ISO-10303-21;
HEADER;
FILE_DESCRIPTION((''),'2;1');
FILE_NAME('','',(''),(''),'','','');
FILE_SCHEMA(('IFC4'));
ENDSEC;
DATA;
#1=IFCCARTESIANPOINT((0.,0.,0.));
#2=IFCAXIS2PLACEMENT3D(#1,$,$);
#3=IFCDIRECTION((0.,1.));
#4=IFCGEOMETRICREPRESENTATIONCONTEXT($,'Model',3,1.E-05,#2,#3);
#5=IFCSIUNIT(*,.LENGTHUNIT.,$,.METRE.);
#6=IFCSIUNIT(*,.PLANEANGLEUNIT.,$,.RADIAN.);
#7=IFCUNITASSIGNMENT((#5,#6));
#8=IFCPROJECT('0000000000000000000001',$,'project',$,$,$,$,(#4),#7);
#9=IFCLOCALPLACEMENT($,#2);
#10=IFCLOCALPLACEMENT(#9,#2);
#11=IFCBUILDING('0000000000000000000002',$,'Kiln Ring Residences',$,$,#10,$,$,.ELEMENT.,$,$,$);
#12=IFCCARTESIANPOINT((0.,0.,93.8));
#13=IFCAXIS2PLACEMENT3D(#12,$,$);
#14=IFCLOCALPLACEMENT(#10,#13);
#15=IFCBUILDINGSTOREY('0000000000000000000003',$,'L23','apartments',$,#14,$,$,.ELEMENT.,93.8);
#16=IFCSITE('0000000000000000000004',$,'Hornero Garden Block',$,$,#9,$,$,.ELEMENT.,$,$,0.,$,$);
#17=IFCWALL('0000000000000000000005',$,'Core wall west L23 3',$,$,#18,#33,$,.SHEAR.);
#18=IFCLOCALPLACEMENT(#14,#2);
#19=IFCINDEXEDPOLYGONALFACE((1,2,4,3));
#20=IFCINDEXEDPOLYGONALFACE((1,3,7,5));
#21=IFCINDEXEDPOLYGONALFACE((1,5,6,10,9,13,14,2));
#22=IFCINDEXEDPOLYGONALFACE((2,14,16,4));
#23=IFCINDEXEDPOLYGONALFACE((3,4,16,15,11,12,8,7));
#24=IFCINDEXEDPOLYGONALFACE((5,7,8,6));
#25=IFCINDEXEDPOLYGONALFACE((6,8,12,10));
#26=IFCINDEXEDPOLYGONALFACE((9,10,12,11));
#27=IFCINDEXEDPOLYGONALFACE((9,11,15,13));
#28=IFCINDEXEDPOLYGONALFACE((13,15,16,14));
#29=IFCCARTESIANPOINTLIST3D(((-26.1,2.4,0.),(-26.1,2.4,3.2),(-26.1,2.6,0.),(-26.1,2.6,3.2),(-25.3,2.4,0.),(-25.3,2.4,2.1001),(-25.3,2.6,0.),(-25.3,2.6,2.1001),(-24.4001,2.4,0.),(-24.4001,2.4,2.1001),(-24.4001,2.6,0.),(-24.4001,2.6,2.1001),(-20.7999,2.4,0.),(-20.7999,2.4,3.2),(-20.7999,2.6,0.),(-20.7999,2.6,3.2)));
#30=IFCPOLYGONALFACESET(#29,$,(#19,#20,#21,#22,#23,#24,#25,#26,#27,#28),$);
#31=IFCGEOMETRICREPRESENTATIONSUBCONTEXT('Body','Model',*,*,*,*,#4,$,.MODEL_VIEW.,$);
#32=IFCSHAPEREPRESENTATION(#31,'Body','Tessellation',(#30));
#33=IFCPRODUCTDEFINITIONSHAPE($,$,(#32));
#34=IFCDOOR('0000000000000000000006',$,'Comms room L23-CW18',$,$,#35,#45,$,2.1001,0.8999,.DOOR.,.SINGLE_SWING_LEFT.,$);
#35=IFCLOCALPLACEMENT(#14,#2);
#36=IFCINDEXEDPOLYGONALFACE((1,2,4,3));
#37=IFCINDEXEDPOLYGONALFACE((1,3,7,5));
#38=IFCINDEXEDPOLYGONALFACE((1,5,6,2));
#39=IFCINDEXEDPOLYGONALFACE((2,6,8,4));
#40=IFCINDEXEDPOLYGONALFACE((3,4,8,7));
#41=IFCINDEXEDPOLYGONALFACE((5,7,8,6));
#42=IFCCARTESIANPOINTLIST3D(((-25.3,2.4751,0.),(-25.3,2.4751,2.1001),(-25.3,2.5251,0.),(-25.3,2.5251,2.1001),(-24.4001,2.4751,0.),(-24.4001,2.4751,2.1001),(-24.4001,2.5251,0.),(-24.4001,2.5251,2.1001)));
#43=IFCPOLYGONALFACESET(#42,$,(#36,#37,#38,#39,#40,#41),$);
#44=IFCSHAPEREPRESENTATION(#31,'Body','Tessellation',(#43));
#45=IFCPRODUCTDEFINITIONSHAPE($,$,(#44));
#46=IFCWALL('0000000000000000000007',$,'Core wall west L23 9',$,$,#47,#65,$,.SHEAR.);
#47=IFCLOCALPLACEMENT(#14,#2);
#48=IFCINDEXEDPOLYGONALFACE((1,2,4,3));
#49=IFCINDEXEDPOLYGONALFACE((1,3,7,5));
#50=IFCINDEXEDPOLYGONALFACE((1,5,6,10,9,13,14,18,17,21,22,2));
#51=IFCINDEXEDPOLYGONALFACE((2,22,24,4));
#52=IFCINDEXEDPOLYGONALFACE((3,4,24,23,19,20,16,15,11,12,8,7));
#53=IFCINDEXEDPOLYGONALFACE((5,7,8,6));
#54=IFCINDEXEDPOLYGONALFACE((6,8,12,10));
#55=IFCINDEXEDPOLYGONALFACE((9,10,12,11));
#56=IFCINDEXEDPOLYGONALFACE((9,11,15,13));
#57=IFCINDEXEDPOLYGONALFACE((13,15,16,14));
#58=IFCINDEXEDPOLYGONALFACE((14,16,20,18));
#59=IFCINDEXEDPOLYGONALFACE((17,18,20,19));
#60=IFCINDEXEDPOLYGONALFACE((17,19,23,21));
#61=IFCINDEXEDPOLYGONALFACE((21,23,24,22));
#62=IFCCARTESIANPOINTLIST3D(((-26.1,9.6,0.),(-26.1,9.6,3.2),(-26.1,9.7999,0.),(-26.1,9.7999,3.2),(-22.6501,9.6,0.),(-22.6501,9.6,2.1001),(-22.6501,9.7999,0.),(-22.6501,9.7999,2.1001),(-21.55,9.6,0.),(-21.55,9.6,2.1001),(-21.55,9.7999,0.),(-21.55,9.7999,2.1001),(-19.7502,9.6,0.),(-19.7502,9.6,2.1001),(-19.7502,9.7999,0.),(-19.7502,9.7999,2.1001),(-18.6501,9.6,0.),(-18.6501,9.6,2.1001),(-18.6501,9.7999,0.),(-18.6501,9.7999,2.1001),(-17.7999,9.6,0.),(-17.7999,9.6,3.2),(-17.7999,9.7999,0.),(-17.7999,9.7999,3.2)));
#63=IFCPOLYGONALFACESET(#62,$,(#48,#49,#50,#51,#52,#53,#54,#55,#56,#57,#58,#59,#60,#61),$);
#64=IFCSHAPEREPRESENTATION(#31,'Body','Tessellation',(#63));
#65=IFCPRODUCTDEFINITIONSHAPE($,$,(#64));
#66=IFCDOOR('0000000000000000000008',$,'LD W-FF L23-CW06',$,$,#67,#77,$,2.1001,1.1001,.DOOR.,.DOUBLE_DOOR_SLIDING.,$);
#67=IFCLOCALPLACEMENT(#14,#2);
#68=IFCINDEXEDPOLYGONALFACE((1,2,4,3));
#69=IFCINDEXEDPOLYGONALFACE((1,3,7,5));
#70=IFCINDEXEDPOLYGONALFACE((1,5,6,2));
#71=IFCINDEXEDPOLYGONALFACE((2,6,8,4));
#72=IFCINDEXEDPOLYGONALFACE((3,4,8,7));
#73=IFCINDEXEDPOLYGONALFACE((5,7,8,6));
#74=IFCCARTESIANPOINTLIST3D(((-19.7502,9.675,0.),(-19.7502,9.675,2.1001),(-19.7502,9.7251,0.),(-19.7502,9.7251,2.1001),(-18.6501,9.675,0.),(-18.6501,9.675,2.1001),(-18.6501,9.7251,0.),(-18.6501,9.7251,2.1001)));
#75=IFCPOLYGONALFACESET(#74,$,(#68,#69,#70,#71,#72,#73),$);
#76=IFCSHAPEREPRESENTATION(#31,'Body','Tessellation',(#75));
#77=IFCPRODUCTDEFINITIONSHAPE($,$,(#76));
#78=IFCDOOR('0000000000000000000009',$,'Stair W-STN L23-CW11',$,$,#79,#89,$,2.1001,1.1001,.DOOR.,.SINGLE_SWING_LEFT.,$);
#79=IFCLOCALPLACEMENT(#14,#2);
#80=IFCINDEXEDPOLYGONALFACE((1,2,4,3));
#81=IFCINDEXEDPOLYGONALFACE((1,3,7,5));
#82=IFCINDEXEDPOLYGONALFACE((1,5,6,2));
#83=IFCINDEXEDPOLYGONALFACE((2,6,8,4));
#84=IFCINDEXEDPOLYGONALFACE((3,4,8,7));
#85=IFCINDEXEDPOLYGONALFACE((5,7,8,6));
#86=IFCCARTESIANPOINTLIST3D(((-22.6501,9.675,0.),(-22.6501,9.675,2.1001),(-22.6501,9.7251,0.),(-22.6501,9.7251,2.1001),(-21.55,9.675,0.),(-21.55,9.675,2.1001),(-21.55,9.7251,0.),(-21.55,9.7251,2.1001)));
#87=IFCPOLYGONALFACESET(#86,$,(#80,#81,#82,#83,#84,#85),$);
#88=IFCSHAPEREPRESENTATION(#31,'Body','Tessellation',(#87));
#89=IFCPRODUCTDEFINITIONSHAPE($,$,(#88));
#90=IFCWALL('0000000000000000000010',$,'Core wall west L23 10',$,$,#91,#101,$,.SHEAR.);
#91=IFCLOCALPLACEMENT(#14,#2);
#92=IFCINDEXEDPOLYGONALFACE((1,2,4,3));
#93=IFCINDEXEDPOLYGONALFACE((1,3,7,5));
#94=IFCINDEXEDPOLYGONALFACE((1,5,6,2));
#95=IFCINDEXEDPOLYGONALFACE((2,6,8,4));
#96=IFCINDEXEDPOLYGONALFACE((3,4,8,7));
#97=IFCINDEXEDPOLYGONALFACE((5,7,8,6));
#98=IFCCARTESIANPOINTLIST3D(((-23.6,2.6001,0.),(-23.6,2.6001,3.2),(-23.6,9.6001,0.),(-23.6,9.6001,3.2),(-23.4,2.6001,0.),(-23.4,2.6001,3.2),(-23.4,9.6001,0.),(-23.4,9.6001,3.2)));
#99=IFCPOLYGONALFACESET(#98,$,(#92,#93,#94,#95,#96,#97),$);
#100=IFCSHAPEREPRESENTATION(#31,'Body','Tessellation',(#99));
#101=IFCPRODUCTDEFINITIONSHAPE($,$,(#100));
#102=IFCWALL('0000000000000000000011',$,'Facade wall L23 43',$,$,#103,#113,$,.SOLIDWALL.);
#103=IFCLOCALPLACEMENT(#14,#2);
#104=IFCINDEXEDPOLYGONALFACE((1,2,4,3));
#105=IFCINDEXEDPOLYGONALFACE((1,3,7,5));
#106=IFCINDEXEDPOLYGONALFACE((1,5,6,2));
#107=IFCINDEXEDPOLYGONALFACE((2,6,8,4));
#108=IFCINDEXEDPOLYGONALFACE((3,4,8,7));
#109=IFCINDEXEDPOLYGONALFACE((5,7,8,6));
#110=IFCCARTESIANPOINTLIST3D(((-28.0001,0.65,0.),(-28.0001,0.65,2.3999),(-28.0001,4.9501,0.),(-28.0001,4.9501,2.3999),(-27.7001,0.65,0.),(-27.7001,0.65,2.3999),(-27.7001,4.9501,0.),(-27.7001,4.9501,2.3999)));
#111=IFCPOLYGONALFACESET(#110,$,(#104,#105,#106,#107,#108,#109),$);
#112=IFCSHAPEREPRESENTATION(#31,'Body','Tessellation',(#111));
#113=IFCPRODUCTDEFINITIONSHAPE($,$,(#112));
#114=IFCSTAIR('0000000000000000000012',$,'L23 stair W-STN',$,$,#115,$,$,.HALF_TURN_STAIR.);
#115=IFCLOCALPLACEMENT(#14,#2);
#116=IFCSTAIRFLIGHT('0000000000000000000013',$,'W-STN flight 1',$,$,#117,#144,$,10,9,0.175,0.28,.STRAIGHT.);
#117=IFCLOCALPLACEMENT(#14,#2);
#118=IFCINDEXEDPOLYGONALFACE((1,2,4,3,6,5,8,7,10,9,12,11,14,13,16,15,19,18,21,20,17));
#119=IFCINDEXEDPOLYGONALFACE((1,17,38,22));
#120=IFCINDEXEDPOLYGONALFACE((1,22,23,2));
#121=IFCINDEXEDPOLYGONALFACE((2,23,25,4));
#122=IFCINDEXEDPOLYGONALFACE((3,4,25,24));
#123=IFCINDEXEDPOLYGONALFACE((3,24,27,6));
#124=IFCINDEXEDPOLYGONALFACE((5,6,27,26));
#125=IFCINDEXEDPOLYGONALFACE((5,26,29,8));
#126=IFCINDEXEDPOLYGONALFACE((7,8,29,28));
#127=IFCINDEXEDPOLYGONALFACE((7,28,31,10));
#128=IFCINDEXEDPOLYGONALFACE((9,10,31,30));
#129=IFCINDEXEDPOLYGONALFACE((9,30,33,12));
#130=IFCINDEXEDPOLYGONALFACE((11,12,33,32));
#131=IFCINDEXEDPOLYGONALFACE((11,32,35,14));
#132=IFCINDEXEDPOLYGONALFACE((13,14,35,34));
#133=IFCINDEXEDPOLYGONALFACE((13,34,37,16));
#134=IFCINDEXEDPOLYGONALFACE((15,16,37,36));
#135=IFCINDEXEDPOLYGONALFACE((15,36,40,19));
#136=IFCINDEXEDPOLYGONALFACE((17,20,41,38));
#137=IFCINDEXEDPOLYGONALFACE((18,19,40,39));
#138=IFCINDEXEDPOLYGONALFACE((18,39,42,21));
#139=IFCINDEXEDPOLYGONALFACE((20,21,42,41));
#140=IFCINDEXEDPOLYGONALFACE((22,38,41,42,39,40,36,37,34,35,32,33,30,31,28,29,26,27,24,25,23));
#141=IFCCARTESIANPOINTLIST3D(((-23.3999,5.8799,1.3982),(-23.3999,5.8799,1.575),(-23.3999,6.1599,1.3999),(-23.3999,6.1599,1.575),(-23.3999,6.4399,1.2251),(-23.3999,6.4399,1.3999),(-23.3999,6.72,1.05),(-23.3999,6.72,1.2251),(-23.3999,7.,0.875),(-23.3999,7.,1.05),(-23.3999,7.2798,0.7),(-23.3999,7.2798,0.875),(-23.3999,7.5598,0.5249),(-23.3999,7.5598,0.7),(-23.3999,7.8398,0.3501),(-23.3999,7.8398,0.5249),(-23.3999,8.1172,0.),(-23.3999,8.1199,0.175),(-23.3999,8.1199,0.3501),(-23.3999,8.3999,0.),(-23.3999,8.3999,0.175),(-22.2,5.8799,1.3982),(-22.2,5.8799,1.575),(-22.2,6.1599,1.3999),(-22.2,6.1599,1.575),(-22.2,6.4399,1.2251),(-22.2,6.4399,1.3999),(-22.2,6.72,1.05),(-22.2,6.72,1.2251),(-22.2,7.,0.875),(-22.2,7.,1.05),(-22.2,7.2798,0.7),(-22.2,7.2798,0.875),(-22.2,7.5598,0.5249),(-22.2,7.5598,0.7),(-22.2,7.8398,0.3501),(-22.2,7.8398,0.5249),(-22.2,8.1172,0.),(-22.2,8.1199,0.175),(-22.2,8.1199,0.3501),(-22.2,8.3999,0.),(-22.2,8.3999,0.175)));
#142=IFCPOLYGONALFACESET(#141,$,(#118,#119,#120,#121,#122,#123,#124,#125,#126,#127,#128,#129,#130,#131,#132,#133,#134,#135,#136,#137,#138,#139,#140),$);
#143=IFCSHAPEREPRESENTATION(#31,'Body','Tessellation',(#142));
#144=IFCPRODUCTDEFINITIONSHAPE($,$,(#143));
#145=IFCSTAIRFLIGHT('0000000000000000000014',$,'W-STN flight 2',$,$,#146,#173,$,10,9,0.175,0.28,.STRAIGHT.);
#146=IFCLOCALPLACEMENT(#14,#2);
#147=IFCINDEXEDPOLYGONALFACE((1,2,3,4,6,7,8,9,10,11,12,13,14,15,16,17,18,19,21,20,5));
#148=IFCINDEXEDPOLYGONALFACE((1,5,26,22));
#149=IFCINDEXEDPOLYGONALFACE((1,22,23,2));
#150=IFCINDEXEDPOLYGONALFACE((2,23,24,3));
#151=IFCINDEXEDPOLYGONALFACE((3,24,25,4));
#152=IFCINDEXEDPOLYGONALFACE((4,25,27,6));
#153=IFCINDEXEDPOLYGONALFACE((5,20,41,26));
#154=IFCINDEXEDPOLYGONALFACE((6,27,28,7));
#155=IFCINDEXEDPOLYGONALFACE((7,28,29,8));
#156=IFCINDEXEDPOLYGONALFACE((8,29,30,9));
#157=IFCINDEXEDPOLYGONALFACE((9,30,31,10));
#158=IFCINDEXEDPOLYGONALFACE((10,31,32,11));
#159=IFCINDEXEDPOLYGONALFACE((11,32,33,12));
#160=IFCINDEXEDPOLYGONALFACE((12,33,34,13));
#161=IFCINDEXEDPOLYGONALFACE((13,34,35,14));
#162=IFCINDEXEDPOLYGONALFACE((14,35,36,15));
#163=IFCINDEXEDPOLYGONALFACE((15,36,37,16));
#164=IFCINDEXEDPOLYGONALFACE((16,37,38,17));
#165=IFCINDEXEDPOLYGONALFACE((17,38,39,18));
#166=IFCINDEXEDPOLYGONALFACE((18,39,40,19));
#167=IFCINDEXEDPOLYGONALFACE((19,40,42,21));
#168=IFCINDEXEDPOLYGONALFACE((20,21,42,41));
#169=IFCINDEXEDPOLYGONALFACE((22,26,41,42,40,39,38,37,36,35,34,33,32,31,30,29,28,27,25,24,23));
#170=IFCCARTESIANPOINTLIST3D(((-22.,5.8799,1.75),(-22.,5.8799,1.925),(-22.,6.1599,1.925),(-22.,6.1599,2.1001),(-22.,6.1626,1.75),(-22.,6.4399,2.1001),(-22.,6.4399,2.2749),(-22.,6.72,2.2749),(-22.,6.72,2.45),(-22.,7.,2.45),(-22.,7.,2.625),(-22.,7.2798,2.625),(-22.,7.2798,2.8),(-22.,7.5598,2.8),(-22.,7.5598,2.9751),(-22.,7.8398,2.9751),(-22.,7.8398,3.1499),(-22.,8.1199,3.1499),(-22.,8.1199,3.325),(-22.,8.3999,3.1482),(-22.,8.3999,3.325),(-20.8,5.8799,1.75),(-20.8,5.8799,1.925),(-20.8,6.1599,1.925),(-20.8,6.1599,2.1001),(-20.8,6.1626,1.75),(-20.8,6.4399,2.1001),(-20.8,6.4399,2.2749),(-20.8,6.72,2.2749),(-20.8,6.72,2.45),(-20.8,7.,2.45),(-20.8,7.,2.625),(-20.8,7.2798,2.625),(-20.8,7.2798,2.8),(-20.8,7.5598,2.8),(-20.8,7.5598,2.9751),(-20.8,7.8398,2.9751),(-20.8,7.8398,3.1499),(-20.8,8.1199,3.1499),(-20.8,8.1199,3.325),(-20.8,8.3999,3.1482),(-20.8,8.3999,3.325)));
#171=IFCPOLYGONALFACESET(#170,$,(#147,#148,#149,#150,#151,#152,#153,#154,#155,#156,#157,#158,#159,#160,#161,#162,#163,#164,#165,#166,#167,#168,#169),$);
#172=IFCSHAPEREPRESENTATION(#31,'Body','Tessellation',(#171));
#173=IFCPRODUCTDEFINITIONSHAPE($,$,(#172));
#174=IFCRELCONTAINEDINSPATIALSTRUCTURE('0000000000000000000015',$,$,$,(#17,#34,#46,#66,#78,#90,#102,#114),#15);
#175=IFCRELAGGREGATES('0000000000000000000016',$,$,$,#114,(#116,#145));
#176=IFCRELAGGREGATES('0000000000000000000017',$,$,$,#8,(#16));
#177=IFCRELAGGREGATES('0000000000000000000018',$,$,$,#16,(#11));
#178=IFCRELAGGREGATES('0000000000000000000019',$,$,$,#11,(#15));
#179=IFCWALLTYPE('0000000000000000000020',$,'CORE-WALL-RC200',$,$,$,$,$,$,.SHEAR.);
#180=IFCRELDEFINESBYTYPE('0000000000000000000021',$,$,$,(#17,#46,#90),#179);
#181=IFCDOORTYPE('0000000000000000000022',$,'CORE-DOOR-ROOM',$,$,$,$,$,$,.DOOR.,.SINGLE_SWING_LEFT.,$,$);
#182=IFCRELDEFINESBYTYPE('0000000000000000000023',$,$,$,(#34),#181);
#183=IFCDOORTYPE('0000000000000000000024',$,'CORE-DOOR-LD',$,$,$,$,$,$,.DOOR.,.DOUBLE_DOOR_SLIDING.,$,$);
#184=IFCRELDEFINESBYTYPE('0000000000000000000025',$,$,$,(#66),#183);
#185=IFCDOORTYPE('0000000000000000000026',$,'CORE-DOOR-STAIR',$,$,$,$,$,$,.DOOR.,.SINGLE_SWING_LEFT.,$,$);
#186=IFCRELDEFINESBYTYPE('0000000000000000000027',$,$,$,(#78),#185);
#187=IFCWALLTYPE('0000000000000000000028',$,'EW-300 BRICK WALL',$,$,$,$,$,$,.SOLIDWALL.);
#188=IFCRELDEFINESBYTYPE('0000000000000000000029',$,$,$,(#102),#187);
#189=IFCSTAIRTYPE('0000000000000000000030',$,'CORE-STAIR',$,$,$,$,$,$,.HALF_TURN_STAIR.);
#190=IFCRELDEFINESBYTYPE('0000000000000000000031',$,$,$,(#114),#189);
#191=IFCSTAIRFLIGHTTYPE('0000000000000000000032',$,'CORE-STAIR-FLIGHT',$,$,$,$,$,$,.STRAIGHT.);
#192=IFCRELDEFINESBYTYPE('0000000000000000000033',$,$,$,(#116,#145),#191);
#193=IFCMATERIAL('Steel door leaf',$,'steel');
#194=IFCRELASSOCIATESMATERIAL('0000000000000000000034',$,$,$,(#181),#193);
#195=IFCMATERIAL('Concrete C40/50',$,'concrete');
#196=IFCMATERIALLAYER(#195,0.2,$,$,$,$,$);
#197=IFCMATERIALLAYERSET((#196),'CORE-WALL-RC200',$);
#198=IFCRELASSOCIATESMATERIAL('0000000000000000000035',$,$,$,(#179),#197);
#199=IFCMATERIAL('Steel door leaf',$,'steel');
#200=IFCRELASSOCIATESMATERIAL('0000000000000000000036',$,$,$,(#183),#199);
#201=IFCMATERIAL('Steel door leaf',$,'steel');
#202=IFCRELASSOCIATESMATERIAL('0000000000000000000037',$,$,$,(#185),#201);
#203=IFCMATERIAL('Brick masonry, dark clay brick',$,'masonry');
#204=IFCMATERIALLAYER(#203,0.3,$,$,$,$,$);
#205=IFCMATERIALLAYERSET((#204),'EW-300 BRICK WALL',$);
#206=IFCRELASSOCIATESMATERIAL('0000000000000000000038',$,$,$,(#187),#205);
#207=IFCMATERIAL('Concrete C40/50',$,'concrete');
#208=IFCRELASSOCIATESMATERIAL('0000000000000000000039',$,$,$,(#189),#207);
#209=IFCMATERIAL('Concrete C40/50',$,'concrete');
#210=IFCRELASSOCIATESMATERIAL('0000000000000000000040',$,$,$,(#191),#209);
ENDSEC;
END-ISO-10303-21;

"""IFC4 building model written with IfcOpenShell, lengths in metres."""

from ifc_helpers import new_model, si_unit, direction, frame, frame_2d, origin, place, context, subcontext, project, spatial, polyline, rectangle, outline, extrude, material, layer, layer_set, type_object, element, fill, aggregate, save


model = new_model("IFC4")

# Units and contexts
model_context = context("Model", 3, precision=1e-05, world=origin(), true_north=direction((0.0, 1.0)))
body_context = subcontext(model_context, "Body", "Model", "MODEL_VIEW")
ifc_project = project(units=[si_unit("LENGTHUNIT", "METRE"), si_unit("PLANEANGLEUNIT", "RADIAN")], contexts=[model_context])

# Site, building, storey
site_placement = place(None, origin())
site = spatial("IfcSite", under=ifc_project, at=site_placement, Name="Hornero Garden Block", CompositionType="ELEMENT", RefElevation=0.0)
building_placement = place(site_placement, origin())
building = spatial("IfcBuilding", under=site, at=building_placement, Name="Kiln Ring Residences", CompositionType="ELEMENT")
storey_placement = place(building_placement, frame((0.0, 0.0, 93.8)))
storey = spatial("IfcBuildingStorey", under=building, at=storey_placement, Name="L23", Description="apartments", CompositionType="ELEMENT", Elevation=93.8)

# Shared definitions
ifc_material_1 = material(Name="Steel door leaf", Category="steel")
door_type_1 = type_object("IfcDoorType", Name="CORE-DOOR-ROOM", OperationType="SINGLE_SWING_LEFT", PredefinedType="DOOR", material=ifc_material_1)

# Shared definitions
ifc_material_2 = material(Name="Concrete C40/50", Category="concrete")
ifc_layer_1 = layer(ifc_material_2, 0.2)
ifc_layer_set_1 = layer_set([ifc_layer_1], Name="CORE-WALL-RC200")
wall_type_1 = type_object("IfcWallType", Name="CORE-WALL-RC200", PredefinedType="SHEAR", material=ifc_layer_set_1)

# Wall, opening, door
wall_1_placement = place(storey_placement, frame((-20.8, 2.5, 0.0), z_axis=(0.0, 0.0, 1.0), x_axis=(-1.0, 0.0, 0.0)))
wall_1 = element("IfcWall", 1, at=wall_1_placement, inside=storey, type_object=wall_type_1, Name="Core wall west L23 3", PredefinedType="SHEAR", context=body_context, shape_type="SweptSolid", body=[
    extrude(rectangle(XDim=5.3, YDim=0.2, at=frame_2d((2.6499, 0.0))), origin(), (0.0, 0.0, 1.0), 3.2),
])
opening_1_placement = place(wall_1_placement, frame((3.6001, 0.0, 0.0)))
opening_1 = element("IfcOpeningElement", 2, at=opening_1_placement, cuts=wall_1, PredefinedType="OPENING", context=body_context, shape_type="SweptSolid", body=[
    extrude(rectangle(XDim=0.8999, YDim=2.1001, at=frame_2d((0.45, 1.05))), frame((0.0, 0.1099, 0.0), z_axis=(0.0, -1.0, 0.0), x_axis=(1.0, 0.0, 0.0)), (0.0, 0.0, 1.0), 0.22),
])
door_1_placement = place(opening_1_placement, origin())
door_1 = element("IfcDoor", 3, at=door_1_placement, inside=storey, type_object=door_type_1, Name="Comms room L23-CW18", OperationType="SINGLE_SWING_LEFT", OverallHeight=2.1001, OverallWidth=0.8999, PredefinedType="DOOR", context=body_context, shape_type="SweptSolid", body=[
    extrude(rectangle(XDim=0.8999, YDim=2.1001, at=frame_2d((0.45, 1.05))), frame((0.0, 0.0249, 0.0), z_axis=(0.0, -1.0, 0.0), x_axis=(1.0, 0.0, 0.0)), (0.0, 0.0, 1.0), 0.05),
])
fill(opening_1, door_1)

# Wall, openings, doors
wall_2_placement = place(storey_placement, frame((-17.8, 9.7, 0.0), z_axis=(0.0, 0.0, 1.0), x_axis=(-1.0, 0.0, 0.0)))
wall_2 = element("IfcWall", 4, at=wall_2_placement, inside=storey, type_object=wall_type_1, Name="Core wall west L23 9", PredefinedType="SHEAR", context=body_context, shape_type="SweptSolid", body=[
    extrude(rectangle(XDim=8.3, YDim=0.2, at=frame_2d((4.1499, 0.0))), origin(), (0.0, 0.0, 1.0), 3.2),
])
opening_2_placement = place(wall_2_placement, frame((0.8501, 0.0, 0.0)))
opening_2 = element("IfcOpeningElement", 5, at=opening_2_placement, cuts=wall_2, PredefinedType="OPENING", context=body_context, shape_type="SweptSolid", body=[
    extrude(rectangle(XDim=1.1001, YDim=2.1001, at=frame_2d((0.55, 1.05))), frame((0.0, 0.1099, 0.0), z_axis=(0.0, -1.0, 0.0), x_axis=(1.0, 0.0, 0.0)), (0.0, 0.0, 1.0), 0.22),
])
opening_3_placement = place(wall_2_placement, frame((3.75, 0.0, 0.0)))
opening_3 = element("IfcOpeningElement", 6, at=opening_3_placement, cuts=wall_2, PredefinedType="OPENING", context=body_context, shape_type="SweptSolid", body=[
    extrude(rectangle(XDim=1.1001, YDim=2.1001, at=frame_2d((0.55, 1.05))), frame((0.0, 0.1099, 0.0), z_axis=(0.0, -1.0, 0.0), x_axis=(1.0, 0.0, 0.0)), (0.0, 0.0, 1.0), 0.22),
])
ifc_material_3 = material(Name="Steel door leaf", Category="steel")
door_type_2 = type_object("IfcDoorType", Name="CORE-DOOR-LD", OperationType="DOUBLE_DOOR_SLIDING", PredefinedType="DOOR", material=ifc_material_3)
door_2_placement = place(opening_2_placement, origin())
door_2 = element("IfcDoor", 7, at=door_2_placement, inside=storey, type_object=door_type_2, Name="LD W-FF L23-CW06", OperationType="DOUBLE_DOOR_SLIDING", OverallHeight=2.1001, OverallWidth=1.1001, PredefinedType="DOOR", context=body_context, shape_type="SweptSolid", body=[
    extrude(rectangle(XDim=1.1001, YDim=2.1001, at=frame_2d((0.55, 1.05))), frame((0.0, 0.0249, 0.0), z_axis=(0.0, -1.0, 0.0), x_axis=(1.0, 0.0, 0.0)), (0.0, 0.0, 1.0), 0.05),
])
fill(opening_2, door_2)
ifc_material_4 = material(Name="Steel door leaf", Category="steel")
door_type_3 = type_object("IfcDoorType", Name="CORE-DOOR-STAIR", OperationType="SINGLE_SWING_LEFT", PredefinedType="DOOR", material=ifc_material_4)
door_3_placement = place(opening_3_placement, origin())
door_3 = element("IfcDoor", 8, at=door_3_placement, inside=storey, type_object=door_type_3, Name="Stair W-STN L23-CW11", OperationType="SINGLE_SWING_LEFT", OverallHeight=2.1001, OverallWidth=1.1001, PredefinedType="DOOR", context=body_context, shape_type="SweptSolid", body=[
    extrude(rectangle(XDim=1.1001, YDim=2.1001, at=frame_2d((0.55, 1.05))), frame((0.0, 0.0249, 0.0), z_axis=(0.0, -1.0, 0.0), x_axis=(1.0, 0.0, 0.0)), (0.0, 0.0, 1.0), 0.05),
])
fill(opening_3, door_3)

# Walls
wall_3_placement = place(storey_placement, frame((-23.5, 2.6001, 0.0), z_axis=(0.0, 0.0, 1.0), x_axis=(0.0, 1.0, 0.0)))
element("IfcWall", 9, at=wall_3_placement, inside=storey, type_object=wall_type_1, Name="Core wall west L23 10", PredefinedType="SHEAR", context=body_context, shape_type="SweptSolid", body=[
    extrude(rectangle(XDim=7.0, YDim=0.2, at=frame_2d((3.5, 0.0))), origin(), (0.0, 0.0, 1.0), 3.2),
])
ifc_material_5 = material(Name="Brick masonry, dark clay brick", Category="masonry")
ifc_layer_2 = layer(ifc_material_5, 0.3)
ifc_layer_set_2 = layer_set([ifc_layer_2], Name="EW-300 BRICK WALL")
wall_type_2 = type_object("IfcWallType", Name="EW-300 BRICK WALL", PredefinedType="SOLIDWALL", material=ifc_layer_set_2)
wall_4_placement = place(storey_placement, frame((-27.8501, 4.95, 0.0), z_axis=(0.0, 0.0, 1.0), x_axis=(0.0, -1.0, 0.0)))
element("IfcWall", 10, at=wall_4_placement, inside=storey, type_object=wall_type_2, Name="Facade wall L23 43", PredefinedType="SOLIDWALL", context=body_context, shape_type="SweptSolid", body=[
    extrude(rectangle(XDim=4.3, YDim=0.3, at=frame_2d((2.1499, 0.0))), origin(), (0.0, 0.0, 1.0), 2.3999),
])

# Stair, stair flights
ifc_material_6 = material(Name="Concrete C40/50", Category="concrete")
stair_type = type_object("IfcStairType", Name="CORE-STAIR", PredefinedType="HALF_TURN_STAIR", material=ifc_material_6)
stair_placement = place(storey_placement, origin())
stair = element("IfcStair", 11, at=stair_placement, inside=storey, type_object=stair_type, Name="L23 stair W-STN", PredefinedType="HALF_TURN_STAIR")
ifc_material_7 = material(Name="Concrete C40/50", Category="concrete")
stair_flight_type = type_object("IfcStairFlightType", Name="CORE-STAIR-FLIGHT", PredefinedType="STRAIGHT", material=ifc_material_7)
stair_flight_1_placement = place(storey_placement, frame((-22.8, 8.3999, 0.0), z_axis=(0.0, 0.0, 1.0), x_axis=(0.0, -1.0, 0.0)))
stair_flight_1 = element("IfcStairFlight", 12, at=stair_flight_1_placement, type_object=stair_flight_type, Name="W-STN flight 1", NumberOfRisers=10, NumberOfTreads=9, PredefinedType="STRAIGHT", RiserHeight=0.175, TreadLength=0.28, context=body_context, shape_type="SweptSolid", body=[
    extrude(outline(polyline([(0.0, 0.0), (0.0, 0.175), (0.28, 0.175), (0.28, 0.3501), (0.5601, 0.3501), (0.5601, 0.5249), (0.8401, 0.5249), (0.8401, 0.7), (1.1201, 0.7), (1.1201, 0.875), (1.3999, 0.875), (1.3999, 1.05), (1.6799, 1.05), (1.6799, 1.2251), (1.96, 1.2251), (1.96, 1.3999), (2.24, 1.3999), (2.24, 1.575), (2.52, 1.575), (2.52, 1.75), (2.52, 1.3982), (0.2827, 0.0), (0.0, 0.0)])), frame((0.0, 0.6001, 0.0), z_axis=(0.0, -1.0, 0.0), x_axis=(1.0, 0.0, 0.0)), (0.0, 0.0, 1.0), 1.2),
])
stair_flight_2_placement = place(storey_placement, frame((-21.3999, 5.8799, 1.75), z_axis=(0.0, 0.0, 1.0), x_axis=(0.0, 1.0, 0.0)))
stair_flight_2 = element("IfcStairFlight", 13, at=stair_flight_2_placement, type_object=stair_flight_type, Name="W-STN flight 2", NumberOfRisers=10, NumberOfTreads=9, PredefinedType="STRAIGHT", RiserHeight=0.175, TreadLength=0.28, context=body_context, shape_type="SweptSolid", body=[
    extrude(outline(polyline([(0.0, 0.0), (0.0, 0.175), (0.28, 0.175), (0.28, 0.3501), (0.5601, 0.3501), (0.5601, 0.5249), (0.8401, 0.5249), (0.8401, 0.7), (1.1201, 0.7), (1.1201, 0.875), (1.3999, 0.875), (1.3999, 1.05), (1.6799, 1.05), (1.6799, 1.2251), (1.96, 1.2251), (1.96, 1.3999), (2.24, 1.3999), (2.24, 1.575), (2.52, 1.575), (2.52, 1.75), (2.52, 1.3982), (0.2827, 0.0), (0.0, 0.0)])), frame((0.0, 0.6001, 0.0), z_axis=(0.0, -1.0, 0.0), x_axis=(1.0, 0.0, 0.0)), (0.0, 0.0, 1.0), 1.2),
])
aggregate(stair, [stair_flight_1, stair_flight_2])

save(model, "model.ifc")
